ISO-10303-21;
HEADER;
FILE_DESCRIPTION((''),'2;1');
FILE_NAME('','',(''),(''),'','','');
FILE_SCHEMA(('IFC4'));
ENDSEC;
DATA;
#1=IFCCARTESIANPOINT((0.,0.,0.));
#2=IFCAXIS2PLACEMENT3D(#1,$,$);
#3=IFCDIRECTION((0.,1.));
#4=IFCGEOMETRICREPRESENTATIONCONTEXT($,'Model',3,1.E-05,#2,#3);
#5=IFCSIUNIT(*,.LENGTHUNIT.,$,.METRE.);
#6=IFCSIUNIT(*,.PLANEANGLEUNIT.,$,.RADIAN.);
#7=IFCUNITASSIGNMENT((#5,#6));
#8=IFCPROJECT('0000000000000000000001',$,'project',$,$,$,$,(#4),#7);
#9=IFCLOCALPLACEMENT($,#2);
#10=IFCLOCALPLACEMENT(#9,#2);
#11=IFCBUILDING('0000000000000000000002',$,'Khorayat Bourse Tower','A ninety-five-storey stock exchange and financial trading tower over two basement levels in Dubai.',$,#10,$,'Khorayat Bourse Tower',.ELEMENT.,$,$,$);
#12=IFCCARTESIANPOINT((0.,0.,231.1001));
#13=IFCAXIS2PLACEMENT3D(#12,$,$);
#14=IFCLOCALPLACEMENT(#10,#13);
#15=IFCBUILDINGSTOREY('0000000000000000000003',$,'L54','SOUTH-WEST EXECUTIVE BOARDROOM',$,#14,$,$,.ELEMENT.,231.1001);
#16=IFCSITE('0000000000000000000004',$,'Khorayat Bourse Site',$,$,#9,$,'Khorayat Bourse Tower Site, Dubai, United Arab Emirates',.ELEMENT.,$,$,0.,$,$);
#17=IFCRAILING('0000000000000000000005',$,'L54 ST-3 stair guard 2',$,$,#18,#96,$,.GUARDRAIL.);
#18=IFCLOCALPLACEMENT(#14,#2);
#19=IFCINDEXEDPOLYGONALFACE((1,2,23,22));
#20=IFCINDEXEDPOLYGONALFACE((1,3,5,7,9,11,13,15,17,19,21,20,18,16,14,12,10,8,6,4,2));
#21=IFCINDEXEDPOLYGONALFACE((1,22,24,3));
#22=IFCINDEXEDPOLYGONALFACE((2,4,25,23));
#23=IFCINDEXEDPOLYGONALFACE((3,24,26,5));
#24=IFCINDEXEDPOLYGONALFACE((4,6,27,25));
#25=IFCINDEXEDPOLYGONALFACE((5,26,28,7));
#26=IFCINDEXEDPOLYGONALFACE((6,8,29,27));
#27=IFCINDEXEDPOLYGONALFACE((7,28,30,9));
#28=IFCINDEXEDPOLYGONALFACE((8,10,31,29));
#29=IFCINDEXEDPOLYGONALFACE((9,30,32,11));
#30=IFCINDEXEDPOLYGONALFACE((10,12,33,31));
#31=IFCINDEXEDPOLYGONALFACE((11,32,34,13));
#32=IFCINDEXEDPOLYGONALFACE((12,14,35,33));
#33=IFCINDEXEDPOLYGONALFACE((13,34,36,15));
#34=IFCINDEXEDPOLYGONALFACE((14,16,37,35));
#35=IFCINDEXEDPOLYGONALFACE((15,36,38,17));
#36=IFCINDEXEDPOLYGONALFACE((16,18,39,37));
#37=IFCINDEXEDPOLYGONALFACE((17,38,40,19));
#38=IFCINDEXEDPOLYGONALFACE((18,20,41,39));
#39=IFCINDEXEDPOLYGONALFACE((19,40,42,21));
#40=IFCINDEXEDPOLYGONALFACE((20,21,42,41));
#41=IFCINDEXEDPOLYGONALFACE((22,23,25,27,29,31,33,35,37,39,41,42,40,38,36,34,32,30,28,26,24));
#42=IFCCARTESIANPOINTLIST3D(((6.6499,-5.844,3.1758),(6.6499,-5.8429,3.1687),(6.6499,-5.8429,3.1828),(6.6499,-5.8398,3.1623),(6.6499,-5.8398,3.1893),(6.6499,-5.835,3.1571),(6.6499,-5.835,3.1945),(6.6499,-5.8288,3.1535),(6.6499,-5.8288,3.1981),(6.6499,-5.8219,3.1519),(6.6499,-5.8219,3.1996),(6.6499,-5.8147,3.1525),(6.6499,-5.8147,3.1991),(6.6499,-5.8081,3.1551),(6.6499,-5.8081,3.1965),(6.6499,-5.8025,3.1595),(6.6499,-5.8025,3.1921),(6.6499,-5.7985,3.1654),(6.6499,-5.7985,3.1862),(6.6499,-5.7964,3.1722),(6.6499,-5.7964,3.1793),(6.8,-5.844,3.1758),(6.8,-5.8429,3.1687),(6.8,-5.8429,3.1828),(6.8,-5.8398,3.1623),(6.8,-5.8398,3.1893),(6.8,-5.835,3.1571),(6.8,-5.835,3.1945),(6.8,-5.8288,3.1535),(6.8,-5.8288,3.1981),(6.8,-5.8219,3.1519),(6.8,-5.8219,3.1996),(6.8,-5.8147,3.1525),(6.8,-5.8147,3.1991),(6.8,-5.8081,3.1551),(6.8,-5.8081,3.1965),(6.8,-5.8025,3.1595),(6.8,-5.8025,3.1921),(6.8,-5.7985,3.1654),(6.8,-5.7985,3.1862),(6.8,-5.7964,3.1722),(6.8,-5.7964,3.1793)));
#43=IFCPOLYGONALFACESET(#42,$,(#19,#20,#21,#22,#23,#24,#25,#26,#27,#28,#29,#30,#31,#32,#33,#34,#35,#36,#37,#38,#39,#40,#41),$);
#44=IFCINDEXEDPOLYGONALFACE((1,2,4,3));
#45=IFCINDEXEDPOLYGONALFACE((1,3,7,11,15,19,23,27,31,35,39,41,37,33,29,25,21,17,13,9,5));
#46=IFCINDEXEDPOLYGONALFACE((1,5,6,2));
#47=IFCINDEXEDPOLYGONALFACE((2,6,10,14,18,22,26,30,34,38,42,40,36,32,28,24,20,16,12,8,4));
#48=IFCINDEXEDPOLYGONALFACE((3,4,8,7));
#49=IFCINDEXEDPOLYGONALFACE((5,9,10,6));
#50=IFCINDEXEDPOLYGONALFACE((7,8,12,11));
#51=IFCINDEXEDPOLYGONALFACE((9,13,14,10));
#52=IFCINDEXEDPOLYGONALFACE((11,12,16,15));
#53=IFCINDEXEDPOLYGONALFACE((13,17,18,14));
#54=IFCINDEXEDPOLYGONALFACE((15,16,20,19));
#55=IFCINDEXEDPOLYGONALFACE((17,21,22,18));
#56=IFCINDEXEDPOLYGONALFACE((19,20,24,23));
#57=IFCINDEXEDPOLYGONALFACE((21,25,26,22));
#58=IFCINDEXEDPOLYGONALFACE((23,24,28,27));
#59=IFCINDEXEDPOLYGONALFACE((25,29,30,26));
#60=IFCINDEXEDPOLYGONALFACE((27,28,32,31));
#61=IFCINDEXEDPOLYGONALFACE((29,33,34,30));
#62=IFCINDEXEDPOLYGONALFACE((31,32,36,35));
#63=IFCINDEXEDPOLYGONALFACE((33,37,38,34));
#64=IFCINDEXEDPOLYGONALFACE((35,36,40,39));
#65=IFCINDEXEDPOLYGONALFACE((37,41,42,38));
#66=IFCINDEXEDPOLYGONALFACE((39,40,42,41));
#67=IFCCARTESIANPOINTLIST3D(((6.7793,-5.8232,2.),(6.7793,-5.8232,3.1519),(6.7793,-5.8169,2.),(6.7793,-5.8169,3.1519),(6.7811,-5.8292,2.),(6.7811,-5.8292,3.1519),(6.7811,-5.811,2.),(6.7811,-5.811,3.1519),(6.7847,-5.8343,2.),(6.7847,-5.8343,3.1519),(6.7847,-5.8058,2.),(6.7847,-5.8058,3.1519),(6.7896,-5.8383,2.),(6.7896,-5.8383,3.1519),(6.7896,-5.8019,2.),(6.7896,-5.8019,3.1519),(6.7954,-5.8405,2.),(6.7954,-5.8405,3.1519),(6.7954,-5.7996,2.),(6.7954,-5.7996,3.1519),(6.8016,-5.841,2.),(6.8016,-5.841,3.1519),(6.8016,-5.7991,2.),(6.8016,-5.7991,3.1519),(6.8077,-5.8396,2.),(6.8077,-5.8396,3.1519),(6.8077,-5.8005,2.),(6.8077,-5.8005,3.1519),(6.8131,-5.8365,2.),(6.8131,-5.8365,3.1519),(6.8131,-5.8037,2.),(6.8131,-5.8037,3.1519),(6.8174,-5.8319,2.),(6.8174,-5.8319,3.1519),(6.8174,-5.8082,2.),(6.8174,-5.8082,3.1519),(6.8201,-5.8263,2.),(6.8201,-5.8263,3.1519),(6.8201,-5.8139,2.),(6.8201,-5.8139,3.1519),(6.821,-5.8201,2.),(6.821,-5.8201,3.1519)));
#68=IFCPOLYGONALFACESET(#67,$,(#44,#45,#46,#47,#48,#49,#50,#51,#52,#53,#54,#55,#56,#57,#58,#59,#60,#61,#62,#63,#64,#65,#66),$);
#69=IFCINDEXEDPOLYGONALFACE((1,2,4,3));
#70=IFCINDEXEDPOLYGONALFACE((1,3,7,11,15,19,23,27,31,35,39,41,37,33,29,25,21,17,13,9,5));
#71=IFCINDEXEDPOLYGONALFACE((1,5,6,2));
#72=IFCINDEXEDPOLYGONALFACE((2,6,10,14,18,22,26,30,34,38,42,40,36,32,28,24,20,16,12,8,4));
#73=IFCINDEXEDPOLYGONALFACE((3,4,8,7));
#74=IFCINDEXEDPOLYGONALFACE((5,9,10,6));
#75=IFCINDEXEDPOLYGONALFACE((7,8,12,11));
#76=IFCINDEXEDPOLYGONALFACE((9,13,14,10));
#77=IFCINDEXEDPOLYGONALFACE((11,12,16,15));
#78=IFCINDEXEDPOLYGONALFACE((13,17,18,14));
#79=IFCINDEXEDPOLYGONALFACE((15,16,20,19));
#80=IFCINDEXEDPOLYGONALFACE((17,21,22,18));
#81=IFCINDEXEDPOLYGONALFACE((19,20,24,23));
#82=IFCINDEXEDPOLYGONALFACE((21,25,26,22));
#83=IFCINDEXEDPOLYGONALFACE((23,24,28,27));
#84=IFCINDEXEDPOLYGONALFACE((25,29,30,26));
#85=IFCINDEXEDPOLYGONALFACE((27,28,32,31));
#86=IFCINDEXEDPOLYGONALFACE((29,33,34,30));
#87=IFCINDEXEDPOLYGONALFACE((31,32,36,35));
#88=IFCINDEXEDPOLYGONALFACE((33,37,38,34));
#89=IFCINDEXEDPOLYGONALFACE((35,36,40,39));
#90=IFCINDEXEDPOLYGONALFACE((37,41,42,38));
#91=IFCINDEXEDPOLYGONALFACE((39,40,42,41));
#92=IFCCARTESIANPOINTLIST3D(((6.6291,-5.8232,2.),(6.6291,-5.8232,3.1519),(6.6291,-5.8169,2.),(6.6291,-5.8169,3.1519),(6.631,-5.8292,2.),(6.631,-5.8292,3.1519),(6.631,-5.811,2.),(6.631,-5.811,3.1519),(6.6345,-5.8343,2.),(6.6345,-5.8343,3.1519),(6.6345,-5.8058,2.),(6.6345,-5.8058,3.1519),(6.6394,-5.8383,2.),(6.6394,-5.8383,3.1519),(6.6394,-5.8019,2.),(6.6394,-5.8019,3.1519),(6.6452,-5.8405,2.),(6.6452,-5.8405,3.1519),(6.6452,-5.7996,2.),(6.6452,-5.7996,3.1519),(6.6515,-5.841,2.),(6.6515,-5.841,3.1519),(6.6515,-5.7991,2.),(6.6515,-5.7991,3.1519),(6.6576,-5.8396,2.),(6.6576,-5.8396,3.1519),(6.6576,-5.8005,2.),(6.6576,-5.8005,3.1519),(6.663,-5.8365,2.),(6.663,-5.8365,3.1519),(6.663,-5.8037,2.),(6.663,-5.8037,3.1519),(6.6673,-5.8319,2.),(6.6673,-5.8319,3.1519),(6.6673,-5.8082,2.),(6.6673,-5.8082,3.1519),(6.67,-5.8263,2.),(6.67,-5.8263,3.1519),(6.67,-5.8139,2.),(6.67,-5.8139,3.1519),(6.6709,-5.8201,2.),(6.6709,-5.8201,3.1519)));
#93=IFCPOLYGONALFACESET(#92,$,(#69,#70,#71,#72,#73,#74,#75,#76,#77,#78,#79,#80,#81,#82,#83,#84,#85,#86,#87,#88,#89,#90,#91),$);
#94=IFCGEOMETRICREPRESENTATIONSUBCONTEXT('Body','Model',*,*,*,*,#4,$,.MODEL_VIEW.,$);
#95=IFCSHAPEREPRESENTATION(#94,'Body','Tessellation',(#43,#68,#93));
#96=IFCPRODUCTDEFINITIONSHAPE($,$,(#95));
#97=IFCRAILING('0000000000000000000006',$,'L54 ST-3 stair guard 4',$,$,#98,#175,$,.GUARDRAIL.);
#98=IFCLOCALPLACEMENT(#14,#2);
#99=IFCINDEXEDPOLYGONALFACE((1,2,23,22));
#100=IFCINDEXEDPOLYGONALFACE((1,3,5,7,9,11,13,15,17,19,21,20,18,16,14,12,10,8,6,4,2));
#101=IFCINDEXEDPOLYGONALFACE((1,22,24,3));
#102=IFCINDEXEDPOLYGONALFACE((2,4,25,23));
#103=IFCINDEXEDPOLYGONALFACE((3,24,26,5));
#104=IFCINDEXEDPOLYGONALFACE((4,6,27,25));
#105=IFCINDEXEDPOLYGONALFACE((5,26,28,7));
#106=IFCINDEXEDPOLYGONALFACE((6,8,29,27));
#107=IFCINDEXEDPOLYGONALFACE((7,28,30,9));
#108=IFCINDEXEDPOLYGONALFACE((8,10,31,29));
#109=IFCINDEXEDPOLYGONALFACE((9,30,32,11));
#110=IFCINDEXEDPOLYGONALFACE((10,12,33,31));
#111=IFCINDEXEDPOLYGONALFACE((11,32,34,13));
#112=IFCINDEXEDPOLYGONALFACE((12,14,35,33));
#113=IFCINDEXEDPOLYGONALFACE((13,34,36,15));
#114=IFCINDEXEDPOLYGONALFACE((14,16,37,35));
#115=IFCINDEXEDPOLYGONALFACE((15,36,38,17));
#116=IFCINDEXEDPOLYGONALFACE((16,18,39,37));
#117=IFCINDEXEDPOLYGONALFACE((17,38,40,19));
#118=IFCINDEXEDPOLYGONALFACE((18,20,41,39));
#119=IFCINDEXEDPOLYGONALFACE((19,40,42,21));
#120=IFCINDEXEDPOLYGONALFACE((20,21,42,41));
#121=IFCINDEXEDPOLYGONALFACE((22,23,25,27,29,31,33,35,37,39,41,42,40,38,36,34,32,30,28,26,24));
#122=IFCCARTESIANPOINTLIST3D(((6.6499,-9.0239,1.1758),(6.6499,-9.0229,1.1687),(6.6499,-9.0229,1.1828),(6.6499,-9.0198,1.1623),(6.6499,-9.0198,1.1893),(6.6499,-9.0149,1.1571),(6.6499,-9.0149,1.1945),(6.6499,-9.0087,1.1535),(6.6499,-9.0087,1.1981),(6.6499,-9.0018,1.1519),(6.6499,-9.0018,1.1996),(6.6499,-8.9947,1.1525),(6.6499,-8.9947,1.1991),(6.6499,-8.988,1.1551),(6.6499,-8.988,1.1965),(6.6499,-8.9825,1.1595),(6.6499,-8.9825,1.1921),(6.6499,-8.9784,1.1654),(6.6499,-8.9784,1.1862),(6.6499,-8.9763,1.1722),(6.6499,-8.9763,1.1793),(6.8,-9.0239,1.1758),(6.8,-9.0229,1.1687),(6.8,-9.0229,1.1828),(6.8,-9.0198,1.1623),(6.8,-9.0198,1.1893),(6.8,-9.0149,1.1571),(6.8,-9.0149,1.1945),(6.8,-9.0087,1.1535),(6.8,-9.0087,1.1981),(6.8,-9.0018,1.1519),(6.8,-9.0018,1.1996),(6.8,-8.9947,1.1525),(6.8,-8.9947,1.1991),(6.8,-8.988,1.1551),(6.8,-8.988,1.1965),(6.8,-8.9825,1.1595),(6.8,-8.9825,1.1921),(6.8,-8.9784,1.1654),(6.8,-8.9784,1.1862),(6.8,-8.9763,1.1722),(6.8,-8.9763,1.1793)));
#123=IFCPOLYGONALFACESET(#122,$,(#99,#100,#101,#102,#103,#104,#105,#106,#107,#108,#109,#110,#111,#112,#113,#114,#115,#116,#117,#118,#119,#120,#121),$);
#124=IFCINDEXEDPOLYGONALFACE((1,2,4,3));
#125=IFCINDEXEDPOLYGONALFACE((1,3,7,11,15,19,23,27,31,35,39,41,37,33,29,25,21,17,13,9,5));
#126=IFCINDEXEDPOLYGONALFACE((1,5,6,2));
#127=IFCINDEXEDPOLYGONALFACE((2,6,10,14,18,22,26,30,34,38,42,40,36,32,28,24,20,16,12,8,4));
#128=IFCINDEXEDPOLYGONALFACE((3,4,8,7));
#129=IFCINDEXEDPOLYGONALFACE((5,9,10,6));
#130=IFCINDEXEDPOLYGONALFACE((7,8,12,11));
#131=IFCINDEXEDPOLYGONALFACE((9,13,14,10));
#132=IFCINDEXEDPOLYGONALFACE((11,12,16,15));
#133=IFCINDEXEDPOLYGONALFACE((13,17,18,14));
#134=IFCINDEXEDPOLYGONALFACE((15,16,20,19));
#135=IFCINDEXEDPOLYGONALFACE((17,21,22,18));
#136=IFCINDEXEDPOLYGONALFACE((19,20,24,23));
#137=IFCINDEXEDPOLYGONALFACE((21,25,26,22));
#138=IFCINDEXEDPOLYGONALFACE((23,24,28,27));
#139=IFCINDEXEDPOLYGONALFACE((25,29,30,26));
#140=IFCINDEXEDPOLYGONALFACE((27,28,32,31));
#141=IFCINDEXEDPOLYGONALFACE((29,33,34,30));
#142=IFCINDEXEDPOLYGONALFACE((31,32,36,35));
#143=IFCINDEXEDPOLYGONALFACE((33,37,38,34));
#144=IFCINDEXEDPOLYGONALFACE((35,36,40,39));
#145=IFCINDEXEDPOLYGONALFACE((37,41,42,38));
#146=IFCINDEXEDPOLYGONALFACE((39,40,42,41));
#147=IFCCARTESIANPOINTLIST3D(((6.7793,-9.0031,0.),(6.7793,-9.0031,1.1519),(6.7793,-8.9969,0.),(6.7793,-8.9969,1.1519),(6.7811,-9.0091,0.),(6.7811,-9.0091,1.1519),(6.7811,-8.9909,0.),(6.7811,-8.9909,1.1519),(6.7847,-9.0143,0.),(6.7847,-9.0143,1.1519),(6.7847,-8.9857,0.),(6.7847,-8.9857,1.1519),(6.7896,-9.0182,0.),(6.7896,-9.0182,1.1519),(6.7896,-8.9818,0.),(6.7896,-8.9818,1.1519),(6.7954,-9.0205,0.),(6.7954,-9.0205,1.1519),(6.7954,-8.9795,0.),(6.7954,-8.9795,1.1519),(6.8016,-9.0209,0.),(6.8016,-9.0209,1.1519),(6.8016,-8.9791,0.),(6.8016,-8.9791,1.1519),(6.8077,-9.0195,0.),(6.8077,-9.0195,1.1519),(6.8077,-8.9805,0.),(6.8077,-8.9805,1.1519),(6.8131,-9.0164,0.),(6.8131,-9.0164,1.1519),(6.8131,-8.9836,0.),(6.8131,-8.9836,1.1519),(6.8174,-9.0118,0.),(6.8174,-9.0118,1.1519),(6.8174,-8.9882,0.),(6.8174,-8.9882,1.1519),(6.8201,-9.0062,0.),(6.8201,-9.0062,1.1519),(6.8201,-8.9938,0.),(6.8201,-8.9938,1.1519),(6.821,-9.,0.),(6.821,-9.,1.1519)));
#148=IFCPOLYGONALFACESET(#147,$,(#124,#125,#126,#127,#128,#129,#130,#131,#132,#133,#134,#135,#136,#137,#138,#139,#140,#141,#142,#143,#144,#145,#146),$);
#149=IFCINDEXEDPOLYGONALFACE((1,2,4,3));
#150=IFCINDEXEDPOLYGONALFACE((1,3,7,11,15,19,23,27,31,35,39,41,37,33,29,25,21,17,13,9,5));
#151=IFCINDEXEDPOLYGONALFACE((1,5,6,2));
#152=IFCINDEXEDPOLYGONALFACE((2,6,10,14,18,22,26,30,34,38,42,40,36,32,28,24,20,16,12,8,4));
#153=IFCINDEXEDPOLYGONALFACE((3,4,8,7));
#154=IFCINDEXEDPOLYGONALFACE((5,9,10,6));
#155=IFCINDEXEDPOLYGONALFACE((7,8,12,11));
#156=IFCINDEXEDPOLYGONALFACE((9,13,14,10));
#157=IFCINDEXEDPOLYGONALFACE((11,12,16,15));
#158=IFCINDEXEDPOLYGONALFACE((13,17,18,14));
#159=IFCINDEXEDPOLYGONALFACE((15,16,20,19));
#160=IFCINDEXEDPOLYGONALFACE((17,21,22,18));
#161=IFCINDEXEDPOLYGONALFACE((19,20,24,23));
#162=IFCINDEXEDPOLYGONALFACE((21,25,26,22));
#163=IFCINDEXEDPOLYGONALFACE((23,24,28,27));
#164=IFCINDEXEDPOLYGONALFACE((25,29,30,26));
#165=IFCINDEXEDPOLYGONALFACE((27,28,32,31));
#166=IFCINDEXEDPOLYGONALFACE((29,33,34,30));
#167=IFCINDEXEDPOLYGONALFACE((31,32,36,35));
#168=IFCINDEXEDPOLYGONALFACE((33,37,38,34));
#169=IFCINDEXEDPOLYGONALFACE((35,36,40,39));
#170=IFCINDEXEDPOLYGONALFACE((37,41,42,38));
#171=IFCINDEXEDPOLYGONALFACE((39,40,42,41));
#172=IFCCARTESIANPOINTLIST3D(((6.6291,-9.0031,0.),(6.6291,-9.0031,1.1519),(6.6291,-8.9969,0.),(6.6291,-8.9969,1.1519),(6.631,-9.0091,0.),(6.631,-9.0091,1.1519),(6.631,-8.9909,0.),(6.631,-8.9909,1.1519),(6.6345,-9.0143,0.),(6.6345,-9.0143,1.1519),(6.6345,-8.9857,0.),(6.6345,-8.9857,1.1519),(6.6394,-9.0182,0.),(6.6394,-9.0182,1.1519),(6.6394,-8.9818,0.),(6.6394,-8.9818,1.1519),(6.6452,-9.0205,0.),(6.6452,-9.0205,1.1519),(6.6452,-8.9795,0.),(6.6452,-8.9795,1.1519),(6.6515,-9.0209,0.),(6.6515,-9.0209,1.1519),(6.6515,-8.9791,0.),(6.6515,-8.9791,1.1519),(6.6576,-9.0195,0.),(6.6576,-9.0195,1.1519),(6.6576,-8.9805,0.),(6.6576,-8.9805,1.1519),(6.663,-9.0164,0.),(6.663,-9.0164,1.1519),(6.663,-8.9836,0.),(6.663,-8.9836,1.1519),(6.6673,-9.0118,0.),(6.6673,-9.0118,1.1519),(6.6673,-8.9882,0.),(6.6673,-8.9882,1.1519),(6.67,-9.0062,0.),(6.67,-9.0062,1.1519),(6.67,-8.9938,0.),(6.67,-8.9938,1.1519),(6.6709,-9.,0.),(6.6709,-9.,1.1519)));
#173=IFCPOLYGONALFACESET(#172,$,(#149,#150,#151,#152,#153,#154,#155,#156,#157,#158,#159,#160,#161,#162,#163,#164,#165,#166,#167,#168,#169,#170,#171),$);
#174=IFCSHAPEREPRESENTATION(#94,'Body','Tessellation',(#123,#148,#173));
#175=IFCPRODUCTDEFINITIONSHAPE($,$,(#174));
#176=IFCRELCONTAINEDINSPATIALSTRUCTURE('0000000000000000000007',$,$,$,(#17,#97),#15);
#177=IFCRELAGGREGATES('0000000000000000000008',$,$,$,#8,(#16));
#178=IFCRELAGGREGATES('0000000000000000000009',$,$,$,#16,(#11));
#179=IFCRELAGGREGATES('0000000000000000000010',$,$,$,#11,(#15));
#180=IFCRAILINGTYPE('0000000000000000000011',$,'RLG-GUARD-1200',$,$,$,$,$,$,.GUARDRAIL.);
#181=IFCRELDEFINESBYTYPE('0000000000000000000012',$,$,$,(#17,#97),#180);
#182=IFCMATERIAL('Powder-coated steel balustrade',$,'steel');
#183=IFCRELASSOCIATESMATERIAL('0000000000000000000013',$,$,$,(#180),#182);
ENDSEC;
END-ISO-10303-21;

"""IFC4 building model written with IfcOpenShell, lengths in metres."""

from ifc_helpers import new_model, si_unit, direction, frame, origin, origin_2d, place, context, subcontext, project, spatial, circle, extrude, source, transform, mapped, material, type_object, element, save


model = new_model("IFC4")

# Units and contexts
model_context = context("Model", 3, precision=1e-05, world=origin(), true_north=direction((0.0, 1.0)))
body_context = subcontext(model_context, "Body", "Model", "MODEL_VIEW")
ifc_project = project(units=[si_unit("LENGTHUNIT", "METRE"), si_unit("PLANEANGLEUNIT", "RADIAN")], contexts=[model_context])

# Site, building, storey
site_placement = place(None, origin())
site = spatial("IfcSite", under=ifc_project, at=site_placement, Name="Khorayat Bourse Site", LongName="Khorayat Bourse Tower Site, Dubai, United Arab Emirates", CompositionType="ELEMENT", RefElevation=0.0)
building_placement = place(site_placement, origin())
building = spatial("IfcBuilding", under=site, at=building_placement, Name="Khorayat Bourse Tower", Description="A ninety-five-storey stock exchange and financial trading tower over two basement levels in Dubai.", LongName="Khorayat Bourse Tower", CompositionType="ELEMENT")
storey_placement = place(building_placement, frame((0.0, 0.0, 231.1001)))
storey = spatial("IfcBuildingStorey", under=building, at=storey_placement, Name="L54", Description="SOUTH-WEST EXECUTIVE BOARDROOM", CompositionType="ELEMENT", Elevation=231.1001)

# Railings
ifc_material_1 = material(Name="Powder-coated steel balustrade", Category="steel")
railing_type_1 = type_object("IfcRailingType", Name="RLG-GUARD-1200", PredefinedType="GUARDRAIL", material=ifc_material_1)
shared_shape_1 = source(origin(), body_context, "Body", "SweptSolid", [
    extrude(circle(Radius=0.0239, at=origin_2d()), frame((0.0, 0.0, 1.1758), z_axis=(-1.0, 0.0, 0.0), x_axis=(0.0, -1.0, 0.0)), (0.0, 0.0, 1.0), 0.1501),
    extrude(circle(Radius=0.021, at=origin_2d()), origin(), (0.0, 0.0, 1.0), 1.1519),
    extrude(circle(Radius=0.021, at=origin_2d()), frame((-0.1501, 0.0, 0.0)), (0.0, 0.0, 1.0), 1.1519),
])
for number, where, name in (
    (1, (6.8, -5.8201, 2.0), "L54 ST-3 stair guard 2"),
    (2, (6.8, -9.0, 0.0), "L54 ST-3 stair guard 4"),
):
    element("IfcRailing", number, at=place(storey_placement, frame(where)), inside=storey, type_object=railing_type_1, Name=name, PredefinedType="GUARDRAIL", context=body_context, shape_type="MappedRepresentation", body=[
        mapped(shared_shape_1, transform((0.0, 0.0, 0.0), scale=1.0)),
    ])

save(model, "model.ifc")
